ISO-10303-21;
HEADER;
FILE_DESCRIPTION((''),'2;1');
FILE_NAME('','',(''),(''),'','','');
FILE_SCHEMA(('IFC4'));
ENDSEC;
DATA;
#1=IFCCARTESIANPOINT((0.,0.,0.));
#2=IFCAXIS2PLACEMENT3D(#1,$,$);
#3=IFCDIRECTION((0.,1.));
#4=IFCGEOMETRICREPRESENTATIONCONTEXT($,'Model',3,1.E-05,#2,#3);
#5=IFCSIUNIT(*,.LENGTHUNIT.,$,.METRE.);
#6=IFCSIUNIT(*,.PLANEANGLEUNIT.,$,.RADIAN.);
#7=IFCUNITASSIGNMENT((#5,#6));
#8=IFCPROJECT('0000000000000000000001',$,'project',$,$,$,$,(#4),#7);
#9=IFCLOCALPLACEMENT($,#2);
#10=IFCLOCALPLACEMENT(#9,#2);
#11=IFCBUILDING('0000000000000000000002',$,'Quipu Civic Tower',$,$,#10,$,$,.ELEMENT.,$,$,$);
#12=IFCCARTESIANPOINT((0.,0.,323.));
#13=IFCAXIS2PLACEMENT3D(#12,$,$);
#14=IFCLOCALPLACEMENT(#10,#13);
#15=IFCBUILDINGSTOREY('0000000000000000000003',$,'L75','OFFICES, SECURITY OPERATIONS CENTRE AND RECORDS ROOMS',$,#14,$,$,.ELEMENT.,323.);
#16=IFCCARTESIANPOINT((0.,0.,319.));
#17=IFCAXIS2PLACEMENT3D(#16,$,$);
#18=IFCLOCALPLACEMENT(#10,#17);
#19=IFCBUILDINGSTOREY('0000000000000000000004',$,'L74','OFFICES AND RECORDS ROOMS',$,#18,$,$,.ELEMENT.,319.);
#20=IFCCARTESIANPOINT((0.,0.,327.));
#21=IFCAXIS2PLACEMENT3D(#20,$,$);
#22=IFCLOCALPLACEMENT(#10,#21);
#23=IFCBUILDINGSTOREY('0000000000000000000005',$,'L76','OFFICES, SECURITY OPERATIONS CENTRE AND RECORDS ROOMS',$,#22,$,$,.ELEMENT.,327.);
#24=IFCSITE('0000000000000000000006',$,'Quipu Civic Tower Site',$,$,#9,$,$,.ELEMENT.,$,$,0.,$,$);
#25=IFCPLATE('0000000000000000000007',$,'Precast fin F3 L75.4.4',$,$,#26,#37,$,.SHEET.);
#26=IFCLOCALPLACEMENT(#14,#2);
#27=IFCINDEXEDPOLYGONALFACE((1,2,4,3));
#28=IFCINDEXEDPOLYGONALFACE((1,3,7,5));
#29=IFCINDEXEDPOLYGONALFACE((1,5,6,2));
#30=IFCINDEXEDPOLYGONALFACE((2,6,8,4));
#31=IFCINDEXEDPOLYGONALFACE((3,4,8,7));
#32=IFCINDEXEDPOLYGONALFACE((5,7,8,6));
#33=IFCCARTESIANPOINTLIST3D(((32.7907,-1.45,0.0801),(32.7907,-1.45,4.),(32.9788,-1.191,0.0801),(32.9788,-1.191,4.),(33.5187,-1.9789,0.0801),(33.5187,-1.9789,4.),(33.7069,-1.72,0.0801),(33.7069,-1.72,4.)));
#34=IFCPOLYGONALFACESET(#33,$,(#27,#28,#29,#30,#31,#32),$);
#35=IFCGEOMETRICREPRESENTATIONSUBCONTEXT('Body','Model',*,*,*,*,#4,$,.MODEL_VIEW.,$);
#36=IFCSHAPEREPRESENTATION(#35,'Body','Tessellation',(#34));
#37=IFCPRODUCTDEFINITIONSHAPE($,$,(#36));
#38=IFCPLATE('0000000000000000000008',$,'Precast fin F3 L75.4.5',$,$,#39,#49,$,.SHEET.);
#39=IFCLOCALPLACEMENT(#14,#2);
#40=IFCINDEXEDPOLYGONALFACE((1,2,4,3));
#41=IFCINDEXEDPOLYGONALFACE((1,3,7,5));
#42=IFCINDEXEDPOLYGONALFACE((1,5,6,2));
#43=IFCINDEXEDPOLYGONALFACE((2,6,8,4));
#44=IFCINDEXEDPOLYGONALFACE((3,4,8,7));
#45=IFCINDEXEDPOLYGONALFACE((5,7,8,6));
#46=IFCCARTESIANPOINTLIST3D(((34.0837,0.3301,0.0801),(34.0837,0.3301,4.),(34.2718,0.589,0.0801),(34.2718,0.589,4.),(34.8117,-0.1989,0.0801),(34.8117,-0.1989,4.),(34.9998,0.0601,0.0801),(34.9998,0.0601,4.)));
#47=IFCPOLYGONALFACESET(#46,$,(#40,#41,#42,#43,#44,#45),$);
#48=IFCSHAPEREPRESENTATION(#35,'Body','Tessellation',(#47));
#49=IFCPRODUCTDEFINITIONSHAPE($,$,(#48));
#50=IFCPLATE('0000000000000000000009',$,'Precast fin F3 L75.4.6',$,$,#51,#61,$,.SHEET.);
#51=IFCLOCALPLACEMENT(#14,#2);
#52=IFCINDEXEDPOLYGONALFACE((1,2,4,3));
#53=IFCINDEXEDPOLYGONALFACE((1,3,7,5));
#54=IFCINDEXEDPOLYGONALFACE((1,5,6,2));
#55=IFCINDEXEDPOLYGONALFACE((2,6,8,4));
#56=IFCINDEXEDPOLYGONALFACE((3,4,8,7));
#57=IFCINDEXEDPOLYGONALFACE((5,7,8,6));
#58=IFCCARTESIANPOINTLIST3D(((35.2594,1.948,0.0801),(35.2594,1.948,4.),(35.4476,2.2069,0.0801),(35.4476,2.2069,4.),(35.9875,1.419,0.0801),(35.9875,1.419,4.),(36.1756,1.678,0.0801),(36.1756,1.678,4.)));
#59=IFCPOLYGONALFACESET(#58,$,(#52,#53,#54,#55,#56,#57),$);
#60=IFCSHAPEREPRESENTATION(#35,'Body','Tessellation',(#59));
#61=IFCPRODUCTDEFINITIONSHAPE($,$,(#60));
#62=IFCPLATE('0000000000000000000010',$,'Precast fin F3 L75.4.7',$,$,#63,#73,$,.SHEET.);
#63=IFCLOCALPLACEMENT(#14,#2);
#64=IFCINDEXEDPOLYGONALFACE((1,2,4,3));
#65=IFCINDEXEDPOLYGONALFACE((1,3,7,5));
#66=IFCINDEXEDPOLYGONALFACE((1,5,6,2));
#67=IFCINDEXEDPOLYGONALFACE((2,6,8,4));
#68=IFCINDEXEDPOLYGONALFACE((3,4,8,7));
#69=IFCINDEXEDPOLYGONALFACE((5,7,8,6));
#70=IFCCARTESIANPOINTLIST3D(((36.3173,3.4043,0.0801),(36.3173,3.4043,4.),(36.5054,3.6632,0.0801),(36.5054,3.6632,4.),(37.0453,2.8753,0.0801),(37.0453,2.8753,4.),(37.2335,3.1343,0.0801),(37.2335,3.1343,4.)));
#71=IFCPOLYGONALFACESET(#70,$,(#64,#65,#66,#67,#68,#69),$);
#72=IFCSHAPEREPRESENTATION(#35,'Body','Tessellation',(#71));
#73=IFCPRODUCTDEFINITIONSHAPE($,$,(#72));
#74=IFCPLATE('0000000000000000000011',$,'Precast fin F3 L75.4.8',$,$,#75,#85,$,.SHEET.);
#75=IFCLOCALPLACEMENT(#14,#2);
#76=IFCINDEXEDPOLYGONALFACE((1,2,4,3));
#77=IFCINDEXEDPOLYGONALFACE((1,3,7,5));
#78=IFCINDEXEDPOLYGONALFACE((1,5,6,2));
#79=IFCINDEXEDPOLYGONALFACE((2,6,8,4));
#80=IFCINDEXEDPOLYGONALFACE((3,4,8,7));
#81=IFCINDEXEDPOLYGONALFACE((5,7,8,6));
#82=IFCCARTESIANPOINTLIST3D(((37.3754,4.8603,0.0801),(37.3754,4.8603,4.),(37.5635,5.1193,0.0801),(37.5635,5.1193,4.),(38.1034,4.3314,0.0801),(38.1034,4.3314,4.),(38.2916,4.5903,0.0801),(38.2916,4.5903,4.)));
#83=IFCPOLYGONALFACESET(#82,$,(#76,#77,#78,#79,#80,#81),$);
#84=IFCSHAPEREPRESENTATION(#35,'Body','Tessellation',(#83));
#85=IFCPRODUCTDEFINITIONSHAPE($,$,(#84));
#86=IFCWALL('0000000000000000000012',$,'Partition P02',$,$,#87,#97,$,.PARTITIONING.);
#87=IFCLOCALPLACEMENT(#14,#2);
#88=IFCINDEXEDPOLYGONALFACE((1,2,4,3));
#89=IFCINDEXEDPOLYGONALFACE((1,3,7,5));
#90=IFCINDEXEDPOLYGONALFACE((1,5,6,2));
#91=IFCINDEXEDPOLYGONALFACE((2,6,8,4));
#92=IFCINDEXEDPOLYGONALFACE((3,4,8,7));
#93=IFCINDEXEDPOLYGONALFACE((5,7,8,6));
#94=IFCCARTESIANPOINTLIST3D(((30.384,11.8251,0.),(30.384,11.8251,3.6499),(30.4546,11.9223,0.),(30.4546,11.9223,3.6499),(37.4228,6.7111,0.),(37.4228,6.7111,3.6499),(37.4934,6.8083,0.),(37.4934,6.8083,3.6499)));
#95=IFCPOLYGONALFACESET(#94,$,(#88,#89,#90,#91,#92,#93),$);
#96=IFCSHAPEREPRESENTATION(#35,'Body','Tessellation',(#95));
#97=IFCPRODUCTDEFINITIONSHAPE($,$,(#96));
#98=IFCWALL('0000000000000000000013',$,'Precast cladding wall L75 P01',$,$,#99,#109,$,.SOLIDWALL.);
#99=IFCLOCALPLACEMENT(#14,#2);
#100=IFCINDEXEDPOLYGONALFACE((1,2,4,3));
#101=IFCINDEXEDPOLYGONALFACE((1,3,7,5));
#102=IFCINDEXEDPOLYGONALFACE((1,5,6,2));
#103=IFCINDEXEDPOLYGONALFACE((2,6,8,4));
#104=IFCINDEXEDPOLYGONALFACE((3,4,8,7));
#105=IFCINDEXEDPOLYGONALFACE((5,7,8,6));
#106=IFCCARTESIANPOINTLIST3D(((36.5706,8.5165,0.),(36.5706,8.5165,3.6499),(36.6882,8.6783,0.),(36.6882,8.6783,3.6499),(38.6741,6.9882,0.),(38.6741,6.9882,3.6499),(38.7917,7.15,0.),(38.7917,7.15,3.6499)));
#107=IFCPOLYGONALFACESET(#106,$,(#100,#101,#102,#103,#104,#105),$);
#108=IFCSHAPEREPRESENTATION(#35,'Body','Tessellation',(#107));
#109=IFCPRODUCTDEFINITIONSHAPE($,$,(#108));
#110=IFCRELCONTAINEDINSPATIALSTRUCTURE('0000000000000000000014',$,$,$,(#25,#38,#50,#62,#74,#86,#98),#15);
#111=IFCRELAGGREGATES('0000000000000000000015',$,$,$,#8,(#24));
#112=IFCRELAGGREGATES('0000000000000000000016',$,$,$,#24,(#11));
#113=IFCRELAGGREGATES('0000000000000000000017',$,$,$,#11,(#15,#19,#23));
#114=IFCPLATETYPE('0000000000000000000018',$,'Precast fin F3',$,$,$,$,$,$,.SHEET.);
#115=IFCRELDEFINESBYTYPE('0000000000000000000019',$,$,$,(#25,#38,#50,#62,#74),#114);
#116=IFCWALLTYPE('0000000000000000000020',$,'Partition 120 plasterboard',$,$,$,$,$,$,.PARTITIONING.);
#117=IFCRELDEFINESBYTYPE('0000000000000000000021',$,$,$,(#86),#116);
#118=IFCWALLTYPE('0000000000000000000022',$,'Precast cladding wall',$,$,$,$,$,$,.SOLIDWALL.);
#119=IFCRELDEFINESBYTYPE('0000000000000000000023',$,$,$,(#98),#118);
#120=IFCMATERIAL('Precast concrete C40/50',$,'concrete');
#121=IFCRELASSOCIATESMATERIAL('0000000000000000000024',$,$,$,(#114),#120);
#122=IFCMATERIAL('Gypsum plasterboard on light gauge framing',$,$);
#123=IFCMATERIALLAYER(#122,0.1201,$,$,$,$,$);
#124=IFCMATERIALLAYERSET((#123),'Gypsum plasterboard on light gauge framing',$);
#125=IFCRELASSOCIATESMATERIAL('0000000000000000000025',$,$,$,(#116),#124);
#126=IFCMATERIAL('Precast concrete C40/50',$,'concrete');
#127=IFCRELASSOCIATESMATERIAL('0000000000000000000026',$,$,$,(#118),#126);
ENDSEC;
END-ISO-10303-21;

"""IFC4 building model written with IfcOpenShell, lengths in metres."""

from ifc_helpers import new_model, si_unit, direction, frame, frame_2d, origin, origin_2d, place, context, subcontext, project, spatial, rectangle, extrude, material, layer, layer_set, type_object, element, save


model = new_model("IFC4")

# Units and contexts
model_context = context("Model", 3, precision=1e-05, world=origin(), true_north=direction((0.0, 1.0)))
body_context = subcontext(model_context, "Body", "Model", "MODEL_VIEW")
ifc_project = project(units=[si_unit("LENGTHUNIT", "METRE"), si_unit("PLANEANGLEUNIT", "RADIAN")], contexts=[model_context])

# Site, building, storey
site_placement = place(None, origin())
site = spatial("IfcSite", under=ifc_project, at=site_placement, Name="Quipu Civic Tower Site", CompositionType="ELEMENT", RefElevation=0.0)
building_placement = place(site_placement, origin())
building = spatial("IfcBuilding", under=site, at=building_placement, Name="Quipu Civic Tower", CompositionType="ELEMENT")
storey_1_placement = place(building_placement, frame((0.0, 0.0, 323.0)))
storey_1 = spatial("IfcBuildingStorey", under=building, at=storey_1_placement, Name="L75", Description="OFFICES, SECURITY OPERATIONS CENTRE AND RECORDS ROOMS", CompositionType="ELEMENT", Elevation=323.0)

# Shared definitions
storey_2_placement = place(building_placement, frame((0.0, 0.0, 319.0)))
storey_2 = spatial("IfcBuildingStorey", under=building, at=storey_2_placement, Name="L74", Description="OFFICES AND RECORDS ROOMS", CompositionType="ELEMENT", Elevation=319.0)

# Shared definitions
storey_3_placement = place(building_placement, frame((0.0, 0.0, 327.0)))
storey_3 = spatial("IfcBuildingStorey", under=building, at=storey_3_placement, Name="L76", Description="OFFICES, SECURITY OPERATIONS CENTRE AND RECORDS ROOMS", CompositionType="ELEMENT", Elevation=327.0)

# Plates
ifc_material_1 = material(Name="Precast concrete C40/50", Category="concrete")
plate_type_1 = type_object("IfcPlateType", Name="Precast fin F3", PredefinedType="SHEET", material=ifc_material_1)
for number, where, z_axis, x_axis, name in (
    (1, (33.2488, -1.585, 0.0801), (0.0, 0.0, 1.0), (0.587787, 0.809016, 0.0), "Precast fin F3 L75.4.4"),
    (2, (34.5417, 0.1951, 0.0801), (0.0, 0.0, 1.0), (0.587787, 0.809016, 0.0), "Precast fin F3 L75.4.5"),
    (3, (35.7175, 1.813, 0.0801), (0.0, 0.0, 1.0), (0.587787, 0.809016, 0.0), "Precast fin F3 L75.4.6"),
    (4, (36.7754, 3.2693, 0.0801), (0.0, 0.0, 1.0), (0.587787, 0.809016, 0.0), "Precast fin F3 L75.4.7"),
    (5, (37.8335, 4.7253, 0.0801), (0.0, 0.0, 1.0), (0.587787, 0.809016, 0.0), "Precast fin F3 L75.4.8"),
):
    element("IfcPlate", number, at=place(storey_1_placement, frame(where, z_axis=z_axis, x_axis=x_axis)), inside=storey_1, type_object=plate_type_1, Name=name, PredefinedType="SHEET", context=body_context, shape_type="SweptSolid", body=[
        extrude(rectangle(XDim=0.3201, YDim=0.8999, at=origin_2d()), origin(), (0.0, 0.0, 1.0), 3.9199),
    ])

# Walls
ifc_material_2 = material(Name="Gypsum plasterboard on light gauge framing")
ifc_layer_1 = layer(ifc_material_2, 0.1201)
ifc_layer_set_1 = layer_set([ifc_layer_1], Name="Gypsum plasterboard on light gauge framing")
wall_type_1 = type_object("IfcWallType", Name="Partition 120 plasterboard", PredefinedType="PARTITIONING", material=ifc_layer_set_1)
wall_1_placement = place(storey_1_placement, frame((37.458, 6.7598, 0.0), z_axis=(0.0, 0.0, 1.0), x_axis=(-0.809016, 0.587786, 0.0)))
element("IfcWall", 6, at=wall_1_placement, inside=storey_1, type_object=wall_type_1, Name="Partition P02", PredefinedType="PARTITIONING", context=body_context, shape_type="SweptSolid", body=[
    extrude(rectangle(XDim=8.7004, YDim=0.1201, at=frame_2d((4.3501, 0.0))), origin(), (0.0, 0.0, 1.0), 3.6499),
])
ifc_material_3 = material(Name="Precast concrete C40/50", Category="concrete")
wall_type_2 = type_object("IfcWallType", Name="Precast cladding wall", PredefinedType="SOLIDWALL", material=ifc_material_3)
wall_2_placement = place(storey_1_placement, frame((38.7329, 7.0691, 0.0), z_axis=(0.0, 0.0, 1.0), x_axis=(-0.809012, 0.587792, 0.0)))
element("IfcWall", 7, at=wall_2_placement, inside=storey_1, type_object=wall_type_2, Name="Precast cladding wall L75 P01", PredefinedType="SOLIDWALL", context=body_context, shape_type="SweptSolid", body=[
    extrude(rectangle(XDim=2.6001, YDim=0.2, at=frame_2d((1.3, 0.0))), origin(), (0.0, 0.0, 1.0), 3.6499),
])

save(model, "model.ifc")
